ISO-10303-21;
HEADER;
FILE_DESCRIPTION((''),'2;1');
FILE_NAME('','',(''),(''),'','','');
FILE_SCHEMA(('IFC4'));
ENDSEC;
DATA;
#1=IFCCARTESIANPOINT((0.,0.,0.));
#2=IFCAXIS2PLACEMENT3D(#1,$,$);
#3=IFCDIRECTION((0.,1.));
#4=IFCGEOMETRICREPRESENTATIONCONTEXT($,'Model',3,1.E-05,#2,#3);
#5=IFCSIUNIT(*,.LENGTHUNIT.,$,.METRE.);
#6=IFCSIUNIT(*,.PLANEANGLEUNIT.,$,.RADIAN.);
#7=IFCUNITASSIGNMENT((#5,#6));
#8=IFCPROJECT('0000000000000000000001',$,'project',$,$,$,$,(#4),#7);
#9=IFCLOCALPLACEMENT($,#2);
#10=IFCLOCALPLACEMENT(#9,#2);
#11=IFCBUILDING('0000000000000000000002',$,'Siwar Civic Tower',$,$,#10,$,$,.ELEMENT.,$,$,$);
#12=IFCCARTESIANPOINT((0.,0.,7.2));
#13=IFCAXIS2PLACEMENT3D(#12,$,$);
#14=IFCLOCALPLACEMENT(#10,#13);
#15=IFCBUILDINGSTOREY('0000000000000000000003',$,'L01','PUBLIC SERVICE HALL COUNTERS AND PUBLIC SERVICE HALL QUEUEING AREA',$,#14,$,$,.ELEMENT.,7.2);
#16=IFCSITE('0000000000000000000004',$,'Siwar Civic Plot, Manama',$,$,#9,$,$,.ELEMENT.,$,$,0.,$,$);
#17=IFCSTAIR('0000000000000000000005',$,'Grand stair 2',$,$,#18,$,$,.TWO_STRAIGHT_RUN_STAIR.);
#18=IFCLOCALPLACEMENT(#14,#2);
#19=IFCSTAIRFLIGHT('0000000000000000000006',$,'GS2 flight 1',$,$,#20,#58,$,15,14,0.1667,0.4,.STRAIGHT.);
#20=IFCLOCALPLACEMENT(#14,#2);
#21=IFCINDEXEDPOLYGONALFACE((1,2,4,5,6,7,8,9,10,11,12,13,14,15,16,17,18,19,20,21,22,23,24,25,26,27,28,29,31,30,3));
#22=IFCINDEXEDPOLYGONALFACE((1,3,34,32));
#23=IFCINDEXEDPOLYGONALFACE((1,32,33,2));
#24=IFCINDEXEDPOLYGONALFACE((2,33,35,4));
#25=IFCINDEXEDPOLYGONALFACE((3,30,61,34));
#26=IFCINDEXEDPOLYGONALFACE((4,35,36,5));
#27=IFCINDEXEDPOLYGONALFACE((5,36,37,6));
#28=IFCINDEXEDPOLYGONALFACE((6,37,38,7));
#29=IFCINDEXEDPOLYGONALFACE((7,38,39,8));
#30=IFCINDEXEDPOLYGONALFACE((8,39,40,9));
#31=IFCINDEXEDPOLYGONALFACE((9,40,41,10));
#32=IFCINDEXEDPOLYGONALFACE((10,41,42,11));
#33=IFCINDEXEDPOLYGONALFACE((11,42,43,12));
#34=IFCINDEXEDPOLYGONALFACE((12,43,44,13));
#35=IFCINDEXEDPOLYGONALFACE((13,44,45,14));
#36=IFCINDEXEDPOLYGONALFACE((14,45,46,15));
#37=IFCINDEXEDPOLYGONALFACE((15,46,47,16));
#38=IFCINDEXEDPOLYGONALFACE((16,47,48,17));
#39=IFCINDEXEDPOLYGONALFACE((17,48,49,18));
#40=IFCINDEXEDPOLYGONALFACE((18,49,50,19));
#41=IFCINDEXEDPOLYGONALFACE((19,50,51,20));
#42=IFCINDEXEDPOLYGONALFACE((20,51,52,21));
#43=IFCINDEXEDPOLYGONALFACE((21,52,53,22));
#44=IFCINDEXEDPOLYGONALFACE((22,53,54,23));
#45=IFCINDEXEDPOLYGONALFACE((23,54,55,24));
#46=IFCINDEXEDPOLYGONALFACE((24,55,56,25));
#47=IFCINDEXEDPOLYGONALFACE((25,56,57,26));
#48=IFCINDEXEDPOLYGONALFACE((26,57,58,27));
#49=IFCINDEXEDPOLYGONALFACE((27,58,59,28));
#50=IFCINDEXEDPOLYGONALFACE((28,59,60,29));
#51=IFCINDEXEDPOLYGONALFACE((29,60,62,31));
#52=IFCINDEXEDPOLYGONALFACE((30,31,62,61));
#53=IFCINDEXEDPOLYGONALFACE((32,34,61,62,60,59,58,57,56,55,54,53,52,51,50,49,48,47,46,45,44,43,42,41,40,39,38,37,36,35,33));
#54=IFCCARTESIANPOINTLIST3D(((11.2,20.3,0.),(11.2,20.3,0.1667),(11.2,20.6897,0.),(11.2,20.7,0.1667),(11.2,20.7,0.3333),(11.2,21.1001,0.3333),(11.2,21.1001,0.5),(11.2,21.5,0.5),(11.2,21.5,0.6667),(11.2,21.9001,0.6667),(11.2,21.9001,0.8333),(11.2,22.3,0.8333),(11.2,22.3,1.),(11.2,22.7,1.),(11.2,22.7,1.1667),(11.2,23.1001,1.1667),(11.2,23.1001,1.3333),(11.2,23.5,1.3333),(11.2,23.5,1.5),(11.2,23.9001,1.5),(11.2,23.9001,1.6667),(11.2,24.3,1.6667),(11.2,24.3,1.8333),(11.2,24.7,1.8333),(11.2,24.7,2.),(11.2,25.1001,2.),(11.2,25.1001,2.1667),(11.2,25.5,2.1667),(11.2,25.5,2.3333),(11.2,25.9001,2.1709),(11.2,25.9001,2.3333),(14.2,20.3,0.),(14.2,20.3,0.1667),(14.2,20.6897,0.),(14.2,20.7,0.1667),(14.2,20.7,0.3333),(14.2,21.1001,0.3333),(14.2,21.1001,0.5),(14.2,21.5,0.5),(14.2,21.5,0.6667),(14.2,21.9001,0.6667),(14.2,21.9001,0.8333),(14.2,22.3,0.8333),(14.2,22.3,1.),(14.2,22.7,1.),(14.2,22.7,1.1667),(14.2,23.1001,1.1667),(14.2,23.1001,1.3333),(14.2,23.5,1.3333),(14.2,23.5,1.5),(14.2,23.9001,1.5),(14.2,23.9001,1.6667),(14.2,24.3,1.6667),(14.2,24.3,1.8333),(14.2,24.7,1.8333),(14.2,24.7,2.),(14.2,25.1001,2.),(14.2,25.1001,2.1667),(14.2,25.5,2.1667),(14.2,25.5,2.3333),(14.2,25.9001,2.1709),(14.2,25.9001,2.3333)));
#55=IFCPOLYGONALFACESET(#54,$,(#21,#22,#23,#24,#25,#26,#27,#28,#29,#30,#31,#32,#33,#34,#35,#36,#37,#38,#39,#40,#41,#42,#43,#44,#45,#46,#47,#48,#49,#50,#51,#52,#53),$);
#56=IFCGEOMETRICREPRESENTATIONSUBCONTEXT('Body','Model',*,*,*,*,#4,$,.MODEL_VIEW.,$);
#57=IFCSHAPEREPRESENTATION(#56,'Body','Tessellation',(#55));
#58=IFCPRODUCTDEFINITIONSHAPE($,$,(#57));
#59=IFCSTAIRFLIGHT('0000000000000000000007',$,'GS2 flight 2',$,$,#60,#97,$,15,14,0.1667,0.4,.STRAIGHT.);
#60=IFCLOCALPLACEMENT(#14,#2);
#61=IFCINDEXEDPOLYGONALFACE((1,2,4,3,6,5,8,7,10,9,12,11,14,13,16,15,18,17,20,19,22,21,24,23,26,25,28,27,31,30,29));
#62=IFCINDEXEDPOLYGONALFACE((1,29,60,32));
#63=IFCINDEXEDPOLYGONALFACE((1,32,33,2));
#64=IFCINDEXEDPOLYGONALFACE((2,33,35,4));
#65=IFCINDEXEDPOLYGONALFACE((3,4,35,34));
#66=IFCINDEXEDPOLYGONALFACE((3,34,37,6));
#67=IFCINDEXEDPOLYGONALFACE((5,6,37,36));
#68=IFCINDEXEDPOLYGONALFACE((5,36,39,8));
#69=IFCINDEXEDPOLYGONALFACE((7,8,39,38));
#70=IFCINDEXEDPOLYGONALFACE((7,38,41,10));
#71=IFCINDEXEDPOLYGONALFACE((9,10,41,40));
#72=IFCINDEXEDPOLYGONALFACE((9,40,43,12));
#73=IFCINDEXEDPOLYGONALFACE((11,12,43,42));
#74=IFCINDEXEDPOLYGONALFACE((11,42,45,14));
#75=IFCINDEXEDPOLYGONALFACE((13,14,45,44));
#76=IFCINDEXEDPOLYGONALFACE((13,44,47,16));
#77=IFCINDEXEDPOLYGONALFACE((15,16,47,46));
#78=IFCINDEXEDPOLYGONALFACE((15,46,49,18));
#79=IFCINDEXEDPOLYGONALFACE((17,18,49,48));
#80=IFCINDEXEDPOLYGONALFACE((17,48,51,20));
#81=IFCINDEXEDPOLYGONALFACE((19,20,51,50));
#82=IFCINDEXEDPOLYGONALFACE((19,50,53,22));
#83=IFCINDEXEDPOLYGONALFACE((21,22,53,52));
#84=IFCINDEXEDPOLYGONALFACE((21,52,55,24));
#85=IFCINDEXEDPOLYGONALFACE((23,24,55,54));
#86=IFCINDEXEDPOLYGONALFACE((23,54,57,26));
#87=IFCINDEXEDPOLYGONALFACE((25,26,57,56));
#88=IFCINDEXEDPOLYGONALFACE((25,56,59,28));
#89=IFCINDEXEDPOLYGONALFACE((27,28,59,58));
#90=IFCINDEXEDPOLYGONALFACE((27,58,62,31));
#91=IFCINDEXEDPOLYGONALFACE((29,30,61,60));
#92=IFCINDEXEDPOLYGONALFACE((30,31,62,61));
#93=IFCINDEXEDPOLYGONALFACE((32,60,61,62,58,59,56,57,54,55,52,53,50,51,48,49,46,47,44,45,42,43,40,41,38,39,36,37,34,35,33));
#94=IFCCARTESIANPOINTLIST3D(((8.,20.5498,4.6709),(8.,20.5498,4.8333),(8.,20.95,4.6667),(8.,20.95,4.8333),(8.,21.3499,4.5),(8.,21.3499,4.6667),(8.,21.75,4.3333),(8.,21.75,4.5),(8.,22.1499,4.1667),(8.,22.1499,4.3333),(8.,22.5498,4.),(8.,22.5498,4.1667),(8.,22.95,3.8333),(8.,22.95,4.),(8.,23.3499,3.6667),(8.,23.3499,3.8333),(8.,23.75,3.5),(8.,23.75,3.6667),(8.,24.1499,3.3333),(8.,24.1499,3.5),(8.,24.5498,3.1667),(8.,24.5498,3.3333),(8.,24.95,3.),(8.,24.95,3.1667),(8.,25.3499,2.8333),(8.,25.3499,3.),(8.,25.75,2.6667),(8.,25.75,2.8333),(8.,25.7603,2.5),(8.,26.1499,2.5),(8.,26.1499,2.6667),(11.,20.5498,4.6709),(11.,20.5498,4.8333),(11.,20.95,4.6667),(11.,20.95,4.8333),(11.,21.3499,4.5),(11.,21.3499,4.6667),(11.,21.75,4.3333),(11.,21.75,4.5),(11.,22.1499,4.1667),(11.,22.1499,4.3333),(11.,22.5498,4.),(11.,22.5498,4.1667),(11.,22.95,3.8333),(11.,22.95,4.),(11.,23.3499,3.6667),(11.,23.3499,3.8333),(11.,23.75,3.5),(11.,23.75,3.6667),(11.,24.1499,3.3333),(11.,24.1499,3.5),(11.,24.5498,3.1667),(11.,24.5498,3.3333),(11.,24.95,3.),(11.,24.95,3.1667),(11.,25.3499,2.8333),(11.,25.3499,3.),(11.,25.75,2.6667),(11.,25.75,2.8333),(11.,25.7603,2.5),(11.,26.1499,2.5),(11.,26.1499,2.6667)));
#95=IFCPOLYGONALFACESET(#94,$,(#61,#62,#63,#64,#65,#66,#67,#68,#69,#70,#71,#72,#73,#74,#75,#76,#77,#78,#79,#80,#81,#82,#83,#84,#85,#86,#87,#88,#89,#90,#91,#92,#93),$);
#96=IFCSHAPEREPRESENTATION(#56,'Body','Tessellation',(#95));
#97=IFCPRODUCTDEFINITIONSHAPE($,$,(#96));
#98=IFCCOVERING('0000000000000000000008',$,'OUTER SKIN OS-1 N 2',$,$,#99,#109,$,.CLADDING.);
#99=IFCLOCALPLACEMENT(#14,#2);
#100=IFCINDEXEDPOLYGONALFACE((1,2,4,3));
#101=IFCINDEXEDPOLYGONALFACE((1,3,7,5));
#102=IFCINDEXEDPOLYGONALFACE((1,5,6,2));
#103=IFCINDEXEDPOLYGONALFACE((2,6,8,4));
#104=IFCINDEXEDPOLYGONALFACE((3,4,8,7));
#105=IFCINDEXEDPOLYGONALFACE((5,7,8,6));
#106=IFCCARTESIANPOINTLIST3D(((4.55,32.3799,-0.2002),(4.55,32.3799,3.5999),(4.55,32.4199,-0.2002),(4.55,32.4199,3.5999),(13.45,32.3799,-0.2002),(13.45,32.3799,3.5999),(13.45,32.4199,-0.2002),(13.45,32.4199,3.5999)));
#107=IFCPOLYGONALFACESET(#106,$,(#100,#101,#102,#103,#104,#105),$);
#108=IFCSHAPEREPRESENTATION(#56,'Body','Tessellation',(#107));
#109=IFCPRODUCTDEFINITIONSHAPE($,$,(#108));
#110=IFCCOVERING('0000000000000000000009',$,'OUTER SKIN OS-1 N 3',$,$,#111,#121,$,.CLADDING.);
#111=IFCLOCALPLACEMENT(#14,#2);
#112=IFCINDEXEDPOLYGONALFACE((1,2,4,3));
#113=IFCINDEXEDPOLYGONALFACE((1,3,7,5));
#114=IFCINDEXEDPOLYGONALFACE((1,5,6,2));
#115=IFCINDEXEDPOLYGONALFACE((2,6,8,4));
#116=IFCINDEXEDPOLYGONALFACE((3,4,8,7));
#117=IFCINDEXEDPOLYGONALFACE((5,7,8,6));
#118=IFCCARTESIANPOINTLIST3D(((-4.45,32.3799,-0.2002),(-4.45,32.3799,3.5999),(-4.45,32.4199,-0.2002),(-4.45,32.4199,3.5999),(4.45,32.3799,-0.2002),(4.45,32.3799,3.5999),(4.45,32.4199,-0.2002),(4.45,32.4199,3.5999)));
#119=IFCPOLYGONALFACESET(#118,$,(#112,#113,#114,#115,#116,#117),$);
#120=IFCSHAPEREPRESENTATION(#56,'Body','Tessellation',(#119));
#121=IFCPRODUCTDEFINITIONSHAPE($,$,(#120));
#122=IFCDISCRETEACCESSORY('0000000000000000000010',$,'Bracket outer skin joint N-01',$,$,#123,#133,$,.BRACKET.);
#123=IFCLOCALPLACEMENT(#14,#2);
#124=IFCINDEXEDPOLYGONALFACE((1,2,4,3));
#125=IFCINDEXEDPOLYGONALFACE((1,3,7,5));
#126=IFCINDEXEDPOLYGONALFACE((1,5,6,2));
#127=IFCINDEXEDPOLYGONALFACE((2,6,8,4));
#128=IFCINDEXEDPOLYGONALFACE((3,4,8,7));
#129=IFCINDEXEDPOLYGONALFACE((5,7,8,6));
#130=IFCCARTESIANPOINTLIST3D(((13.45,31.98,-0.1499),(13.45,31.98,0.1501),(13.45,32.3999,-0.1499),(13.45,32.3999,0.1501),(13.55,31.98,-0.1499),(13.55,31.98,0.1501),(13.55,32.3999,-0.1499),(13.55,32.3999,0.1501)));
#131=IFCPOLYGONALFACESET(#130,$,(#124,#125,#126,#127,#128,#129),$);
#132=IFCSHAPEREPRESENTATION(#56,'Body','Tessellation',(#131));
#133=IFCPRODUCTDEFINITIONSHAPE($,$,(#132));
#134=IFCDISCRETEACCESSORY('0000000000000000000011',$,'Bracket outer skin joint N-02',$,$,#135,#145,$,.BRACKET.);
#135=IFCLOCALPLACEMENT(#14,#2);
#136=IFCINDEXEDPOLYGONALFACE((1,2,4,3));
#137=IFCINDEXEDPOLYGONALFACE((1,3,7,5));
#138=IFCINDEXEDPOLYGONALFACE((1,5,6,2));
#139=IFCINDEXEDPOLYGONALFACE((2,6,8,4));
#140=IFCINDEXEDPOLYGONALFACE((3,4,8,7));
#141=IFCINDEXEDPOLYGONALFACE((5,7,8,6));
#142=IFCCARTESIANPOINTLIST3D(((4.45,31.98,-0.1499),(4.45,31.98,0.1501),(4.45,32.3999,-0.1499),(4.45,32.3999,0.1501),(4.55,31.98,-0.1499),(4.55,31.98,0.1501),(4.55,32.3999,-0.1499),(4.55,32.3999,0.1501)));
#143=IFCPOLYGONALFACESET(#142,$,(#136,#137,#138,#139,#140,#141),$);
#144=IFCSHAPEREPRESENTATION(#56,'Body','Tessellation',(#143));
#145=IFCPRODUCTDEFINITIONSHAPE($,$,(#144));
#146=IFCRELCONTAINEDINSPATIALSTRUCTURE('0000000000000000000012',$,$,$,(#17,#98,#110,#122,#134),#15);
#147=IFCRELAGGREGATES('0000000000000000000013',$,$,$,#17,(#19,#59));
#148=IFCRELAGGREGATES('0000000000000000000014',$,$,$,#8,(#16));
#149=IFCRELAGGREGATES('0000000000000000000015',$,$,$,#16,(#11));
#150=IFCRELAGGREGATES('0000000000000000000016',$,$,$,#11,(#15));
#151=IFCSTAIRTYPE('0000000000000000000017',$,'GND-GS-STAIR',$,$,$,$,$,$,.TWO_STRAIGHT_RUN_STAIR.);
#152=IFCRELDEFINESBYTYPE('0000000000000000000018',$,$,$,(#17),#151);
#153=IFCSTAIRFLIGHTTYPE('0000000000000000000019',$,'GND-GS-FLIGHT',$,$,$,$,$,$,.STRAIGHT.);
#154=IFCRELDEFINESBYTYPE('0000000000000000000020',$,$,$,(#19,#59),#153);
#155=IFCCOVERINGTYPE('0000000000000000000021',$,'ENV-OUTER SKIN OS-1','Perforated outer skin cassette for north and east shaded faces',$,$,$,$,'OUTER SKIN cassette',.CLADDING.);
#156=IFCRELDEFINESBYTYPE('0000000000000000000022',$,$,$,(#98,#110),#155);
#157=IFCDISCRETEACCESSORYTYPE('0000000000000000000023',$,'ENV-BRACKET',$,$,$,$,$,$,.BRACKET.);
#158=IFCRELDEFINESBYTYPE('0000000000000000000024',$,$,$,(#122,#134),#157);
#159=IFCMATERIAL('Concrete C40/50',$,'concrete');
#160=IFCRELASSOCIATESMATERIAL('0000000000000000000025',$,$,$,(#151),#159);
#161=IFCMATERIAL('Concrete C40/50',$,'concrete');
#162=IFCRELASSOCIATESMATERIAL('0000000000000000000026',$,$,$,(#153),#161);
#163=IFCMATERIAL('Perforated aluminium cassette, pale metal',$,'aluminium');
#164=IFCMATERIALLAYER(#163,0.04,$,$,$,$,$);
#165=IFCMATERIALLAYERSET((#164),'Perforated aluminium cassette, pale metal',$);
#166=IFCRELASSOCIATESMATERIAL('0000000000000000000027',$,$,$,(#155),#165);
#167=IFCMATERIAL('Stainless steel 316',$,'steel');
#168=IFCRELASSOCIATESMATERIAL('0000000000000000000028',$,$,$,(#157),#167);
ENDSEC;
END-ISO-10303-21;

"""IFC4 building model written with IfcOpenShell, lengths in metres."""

from ifc_helpers import new_model, si_unit, direction, frame, origin, origin_2d, place, context, subcontext, project, spatial, polyline, rectangle, outline, extrude, material, layer, layer_set, type_object, element, aggregate, save


model = new_model("IFC4")

# Units and contexts
model_context = context("Model", 3, precision=1e-05, world=origin(), true_north=direction((0.0, 1.0)))
body_context = subcontext(model_context, "Body", "Model", "MODEL_VIEW")
ifc_project = project(units=[si_unit("LENGTHUNIT", "METRE"), si_unit("PLANEANGLEUNIT", "RADIAN")], contexts=[model_context])

# Site, building, storey
site_placement = place(None, origin())
site = spatial("IfcSite", under=ifc_project, at=site_placement, Name="Siwar Civic Plot, Manama", CompositionType="ELEMENT", RefElevation=0.0)
building_placement = place(site_placement, origin())
building = spatial("IfcBuilding", under=site, at=building_placement, Name="Siwar Civic Tower", CompositionType="ELEMENT")
storey_placement = place(building_placement, frame((0.0, 0.0, 7.2)))
storey = spatial("IfcBuildingStorey", under=building, at=storey_placement, Name="L01", Description="PUBLIC SERVICE HALL COUNTERS AND PUBLIC SERVICE HALL QUEUEING AREA", CompositionType="ELEMENT", Elevation=7.2)

# Stair, stair flights
ifc_material_1 = material(Name="Concrete C40/50", Category="concrete")
stair_type = type_object("IfcStairType", Name="GND-GS-STAIR", PredefinedType="TWO_STRAIGHT_RUN_STAIR", material=ifc_material_1)
stair_placement = place(storey_placement, origin())
stair = element("IfcStair", 1, at=stair_placement, inside=storey, type_object=stair_type, Name="Grand stair 2", PredefinedType="TWO_STRAIGHT_RUN_STAIR")
ifc_material_2 = material(Name="Concrete C40/50", Category="concrete")
stair_flight_type = type_object("IfcStairFlightType", Name="GND-GS-FLIGHT", PredefinedType="STRAIGHT", material=ifc_material_2)
stair_flight_1_placement = place(storey_placement, frame((12.7, 20.3, 0.0), z_axis=(0.0, 0.0, 1.0), x_axis=(0.0, 1.0, 0.0)))
stair_flight_1 = element("IfcStairFlight", 2, at=stair_flight_1_placement, type_object=stair_flight_type, Name="GS2 flight 1", NumberOfRisers=15, NumberOfTreads=14, PredefinedType="STRAIGHT", RiserHeight=0.1667, TreadLength=0.4, context=body_context, shape_type="SweptSolid", body=[
    extrude(outline(polyline([(0.0, 0.0), (0.0, 0.1667), (0.3999, 0.1667), (0.3999, 0.3333), (0.8, 0.3333), (0.8, 0.5), (1.2, 0.5), (1.2, 0.6667), (1.6001, 0.6667), (1.6001, 0.8333), (2.0, 0.8333), (2.0, 1.0), (2.3999, 1.0), (2.3999, 1.1667), (2.8, 1.1667), (2.8, 1.3333), (3.2, 1.3333), (3.2, 1.5), (3.6001, 1.5), (3.6001, 1.6667), (4.0, 1.6667), (4.0, 1.8333), (4.3999, 1.8333), (4.3999, 2.0), (4.8, 2.0), (4.8, 2.1667), (5.2, 2.1667), (5.2, 2.3333), (5.6001, 2.3333), (5.6001, 2.5), (5.6001, 2.1709), (0.3896, 0.0), (0.0, 0.0)])), frame((0.0, 1.5, 0.0), z_axis=(0.0, -1.0, 0.0), x_axis=(1.0, 0.0, 0.0)), (0.0, 0.0, 1.0), 3.0),
])
stair_flight_2_placement = place(storey_placement, frame((9.5, 26.1499, 2.5), z_axis=(0.0, 0.0, 1.0), x_axis=(0.0, -1.0, 0.0)))
stair_flight_2 = element("IfcStairFlight", 3, at=stair_flight_2_placement, type_object=stair_flight_type, Name="GS2 flight 2", NumberOfRisers=15, NumberOfTreads=14, PredefinedType="STRAIGHT", RiserHeight=0.1667, TreadLength=0.4, context=body_context, shape_type="SweptSolid", body=[
    extrude(outline(polyline([(0.0, 0.0), (0.0, 0.1667), (0.3999, 0.1667), (0.3999, 0.3333), (0.8, 0.3333), (0.8, 0.5), (1.2, 0.5), (1.2, 0.6667), (1.6001, 0.6667), (1.6001, 0.8333), (2.0, 0.8333), (2.0, 1.0), (2.3999, 1.0), (2.3999, 1.1667), (2.8, 1.1667), (2.8, 1.3333), (3.2, 1.3333), (3.2, 1.5), (3.6001, 1.5), (3.6001, 1.6667), (4.0, 1.6667), (4.0, 1.8333), (4.3999, 1.8333), (4.3999, 2.0), (4.8, 2.0), (4.8, 2.1667), (5.2, 2.1667), (5.2, 2.3333), (5.6001, 2.3333), (5.6001, 2.5), (5.6001, 2.1709), (0.3896, 0.0), (0.0, 0.0)])), frame((0.0, 1.5, 0.0), z_axis=(0.0, -1.0, 0.0), x_axis=(1.0, 0.0, 0.0)), (0.0, 0.0, 1.0), 3.0),
])
aggregate(stair, [stair_flight_1, stair_flight_2])

# Coverings
ifc_material_3 = material(Name="Perforated aluminium cassette, pale metal", Category="aluminium")
ifc_layer_1 = layer(ifc_material_3, 0.04)
ifc_layer_set_1 = layer_set([ifc_layer_1], Name="Perforated aluminium cassette, pale metal")
covering_type = type_object("IfcCoveringType", Name="ENV-OUTER SKIN OS-1", Description="Perforated outer skin cassette for north and east shaded faces", ElementType="OUTER SKIN cassette", PredefinedType="CLADDING", material=ifc_layer_set_1)
for number, where, z_axis, x_axis, name in (
    (4, (9.0, 32.3999, -0.2002), (0.0, 0.0, 1.0), (-1.0, 0.0, 0.0), "OUTER SKIN OS-1 N 2"),
    (5, (0.0, 32.3999, -0.2002), (0.0, 0.0, 1.0), (-1.0, 0.0, 0.0), "OUTER SKIN OS-1 N 3"),
):
    element("IfcCovering", number, at=place(storey_placement, frame(where, z_axis=z_axis, x_axis=x_axis)), inside=storey, type_object=covering_type, Name=name, PredefinedType="CLADDING", context=body_context, shape_type="SweptSolid", body=[
        extrude(rectangle(XDim=8.8999, YDim=0.04, at=origin_2d()), origin(), (0.0, 0.0, 1.0), 3.8),
    ])

# Discrete accessories
ifc_material_4 = material(Name="Stainless steel 316", Category="steel")
discrete_accessory_type = type_object("IfcDiscreteAccessoryType", Name="ENV-BRACKET", PredefinedType="BRACKET", material=ifc_material_4)
for number, where, z_axis, x_axis, name in (
    (6, (13.5, 32.1899, -0.1499), (0.0, 0.0, 1.0), (0.0, 1.0, 0.0), "Bracket outer skin joint N-01"),
    (7, (4.5, 32.1899, -0.1499), (0.0, 0.0, 1.0), (0.0, 1.0, 0.0), "Bracket outer skin joint N-02"),
):
    element("IfcDiscreteAccessory", number, at=place(storey_placement, frame(where, z_axis=z_axis, x_axis=x_axis)), inside=storey, type_object=discrete_accessory_type, Name=name, PredefinedType="BRACKET", context=body_context, shape_type="SweptSolid", body=[
        extrude(rectangle(XDim=0.4199, YDim=0.1001, at=origin_2d()), origin(), (0.0, 0.0, 1.0), 0.3),
    ])

save(model, "model.ifc")
